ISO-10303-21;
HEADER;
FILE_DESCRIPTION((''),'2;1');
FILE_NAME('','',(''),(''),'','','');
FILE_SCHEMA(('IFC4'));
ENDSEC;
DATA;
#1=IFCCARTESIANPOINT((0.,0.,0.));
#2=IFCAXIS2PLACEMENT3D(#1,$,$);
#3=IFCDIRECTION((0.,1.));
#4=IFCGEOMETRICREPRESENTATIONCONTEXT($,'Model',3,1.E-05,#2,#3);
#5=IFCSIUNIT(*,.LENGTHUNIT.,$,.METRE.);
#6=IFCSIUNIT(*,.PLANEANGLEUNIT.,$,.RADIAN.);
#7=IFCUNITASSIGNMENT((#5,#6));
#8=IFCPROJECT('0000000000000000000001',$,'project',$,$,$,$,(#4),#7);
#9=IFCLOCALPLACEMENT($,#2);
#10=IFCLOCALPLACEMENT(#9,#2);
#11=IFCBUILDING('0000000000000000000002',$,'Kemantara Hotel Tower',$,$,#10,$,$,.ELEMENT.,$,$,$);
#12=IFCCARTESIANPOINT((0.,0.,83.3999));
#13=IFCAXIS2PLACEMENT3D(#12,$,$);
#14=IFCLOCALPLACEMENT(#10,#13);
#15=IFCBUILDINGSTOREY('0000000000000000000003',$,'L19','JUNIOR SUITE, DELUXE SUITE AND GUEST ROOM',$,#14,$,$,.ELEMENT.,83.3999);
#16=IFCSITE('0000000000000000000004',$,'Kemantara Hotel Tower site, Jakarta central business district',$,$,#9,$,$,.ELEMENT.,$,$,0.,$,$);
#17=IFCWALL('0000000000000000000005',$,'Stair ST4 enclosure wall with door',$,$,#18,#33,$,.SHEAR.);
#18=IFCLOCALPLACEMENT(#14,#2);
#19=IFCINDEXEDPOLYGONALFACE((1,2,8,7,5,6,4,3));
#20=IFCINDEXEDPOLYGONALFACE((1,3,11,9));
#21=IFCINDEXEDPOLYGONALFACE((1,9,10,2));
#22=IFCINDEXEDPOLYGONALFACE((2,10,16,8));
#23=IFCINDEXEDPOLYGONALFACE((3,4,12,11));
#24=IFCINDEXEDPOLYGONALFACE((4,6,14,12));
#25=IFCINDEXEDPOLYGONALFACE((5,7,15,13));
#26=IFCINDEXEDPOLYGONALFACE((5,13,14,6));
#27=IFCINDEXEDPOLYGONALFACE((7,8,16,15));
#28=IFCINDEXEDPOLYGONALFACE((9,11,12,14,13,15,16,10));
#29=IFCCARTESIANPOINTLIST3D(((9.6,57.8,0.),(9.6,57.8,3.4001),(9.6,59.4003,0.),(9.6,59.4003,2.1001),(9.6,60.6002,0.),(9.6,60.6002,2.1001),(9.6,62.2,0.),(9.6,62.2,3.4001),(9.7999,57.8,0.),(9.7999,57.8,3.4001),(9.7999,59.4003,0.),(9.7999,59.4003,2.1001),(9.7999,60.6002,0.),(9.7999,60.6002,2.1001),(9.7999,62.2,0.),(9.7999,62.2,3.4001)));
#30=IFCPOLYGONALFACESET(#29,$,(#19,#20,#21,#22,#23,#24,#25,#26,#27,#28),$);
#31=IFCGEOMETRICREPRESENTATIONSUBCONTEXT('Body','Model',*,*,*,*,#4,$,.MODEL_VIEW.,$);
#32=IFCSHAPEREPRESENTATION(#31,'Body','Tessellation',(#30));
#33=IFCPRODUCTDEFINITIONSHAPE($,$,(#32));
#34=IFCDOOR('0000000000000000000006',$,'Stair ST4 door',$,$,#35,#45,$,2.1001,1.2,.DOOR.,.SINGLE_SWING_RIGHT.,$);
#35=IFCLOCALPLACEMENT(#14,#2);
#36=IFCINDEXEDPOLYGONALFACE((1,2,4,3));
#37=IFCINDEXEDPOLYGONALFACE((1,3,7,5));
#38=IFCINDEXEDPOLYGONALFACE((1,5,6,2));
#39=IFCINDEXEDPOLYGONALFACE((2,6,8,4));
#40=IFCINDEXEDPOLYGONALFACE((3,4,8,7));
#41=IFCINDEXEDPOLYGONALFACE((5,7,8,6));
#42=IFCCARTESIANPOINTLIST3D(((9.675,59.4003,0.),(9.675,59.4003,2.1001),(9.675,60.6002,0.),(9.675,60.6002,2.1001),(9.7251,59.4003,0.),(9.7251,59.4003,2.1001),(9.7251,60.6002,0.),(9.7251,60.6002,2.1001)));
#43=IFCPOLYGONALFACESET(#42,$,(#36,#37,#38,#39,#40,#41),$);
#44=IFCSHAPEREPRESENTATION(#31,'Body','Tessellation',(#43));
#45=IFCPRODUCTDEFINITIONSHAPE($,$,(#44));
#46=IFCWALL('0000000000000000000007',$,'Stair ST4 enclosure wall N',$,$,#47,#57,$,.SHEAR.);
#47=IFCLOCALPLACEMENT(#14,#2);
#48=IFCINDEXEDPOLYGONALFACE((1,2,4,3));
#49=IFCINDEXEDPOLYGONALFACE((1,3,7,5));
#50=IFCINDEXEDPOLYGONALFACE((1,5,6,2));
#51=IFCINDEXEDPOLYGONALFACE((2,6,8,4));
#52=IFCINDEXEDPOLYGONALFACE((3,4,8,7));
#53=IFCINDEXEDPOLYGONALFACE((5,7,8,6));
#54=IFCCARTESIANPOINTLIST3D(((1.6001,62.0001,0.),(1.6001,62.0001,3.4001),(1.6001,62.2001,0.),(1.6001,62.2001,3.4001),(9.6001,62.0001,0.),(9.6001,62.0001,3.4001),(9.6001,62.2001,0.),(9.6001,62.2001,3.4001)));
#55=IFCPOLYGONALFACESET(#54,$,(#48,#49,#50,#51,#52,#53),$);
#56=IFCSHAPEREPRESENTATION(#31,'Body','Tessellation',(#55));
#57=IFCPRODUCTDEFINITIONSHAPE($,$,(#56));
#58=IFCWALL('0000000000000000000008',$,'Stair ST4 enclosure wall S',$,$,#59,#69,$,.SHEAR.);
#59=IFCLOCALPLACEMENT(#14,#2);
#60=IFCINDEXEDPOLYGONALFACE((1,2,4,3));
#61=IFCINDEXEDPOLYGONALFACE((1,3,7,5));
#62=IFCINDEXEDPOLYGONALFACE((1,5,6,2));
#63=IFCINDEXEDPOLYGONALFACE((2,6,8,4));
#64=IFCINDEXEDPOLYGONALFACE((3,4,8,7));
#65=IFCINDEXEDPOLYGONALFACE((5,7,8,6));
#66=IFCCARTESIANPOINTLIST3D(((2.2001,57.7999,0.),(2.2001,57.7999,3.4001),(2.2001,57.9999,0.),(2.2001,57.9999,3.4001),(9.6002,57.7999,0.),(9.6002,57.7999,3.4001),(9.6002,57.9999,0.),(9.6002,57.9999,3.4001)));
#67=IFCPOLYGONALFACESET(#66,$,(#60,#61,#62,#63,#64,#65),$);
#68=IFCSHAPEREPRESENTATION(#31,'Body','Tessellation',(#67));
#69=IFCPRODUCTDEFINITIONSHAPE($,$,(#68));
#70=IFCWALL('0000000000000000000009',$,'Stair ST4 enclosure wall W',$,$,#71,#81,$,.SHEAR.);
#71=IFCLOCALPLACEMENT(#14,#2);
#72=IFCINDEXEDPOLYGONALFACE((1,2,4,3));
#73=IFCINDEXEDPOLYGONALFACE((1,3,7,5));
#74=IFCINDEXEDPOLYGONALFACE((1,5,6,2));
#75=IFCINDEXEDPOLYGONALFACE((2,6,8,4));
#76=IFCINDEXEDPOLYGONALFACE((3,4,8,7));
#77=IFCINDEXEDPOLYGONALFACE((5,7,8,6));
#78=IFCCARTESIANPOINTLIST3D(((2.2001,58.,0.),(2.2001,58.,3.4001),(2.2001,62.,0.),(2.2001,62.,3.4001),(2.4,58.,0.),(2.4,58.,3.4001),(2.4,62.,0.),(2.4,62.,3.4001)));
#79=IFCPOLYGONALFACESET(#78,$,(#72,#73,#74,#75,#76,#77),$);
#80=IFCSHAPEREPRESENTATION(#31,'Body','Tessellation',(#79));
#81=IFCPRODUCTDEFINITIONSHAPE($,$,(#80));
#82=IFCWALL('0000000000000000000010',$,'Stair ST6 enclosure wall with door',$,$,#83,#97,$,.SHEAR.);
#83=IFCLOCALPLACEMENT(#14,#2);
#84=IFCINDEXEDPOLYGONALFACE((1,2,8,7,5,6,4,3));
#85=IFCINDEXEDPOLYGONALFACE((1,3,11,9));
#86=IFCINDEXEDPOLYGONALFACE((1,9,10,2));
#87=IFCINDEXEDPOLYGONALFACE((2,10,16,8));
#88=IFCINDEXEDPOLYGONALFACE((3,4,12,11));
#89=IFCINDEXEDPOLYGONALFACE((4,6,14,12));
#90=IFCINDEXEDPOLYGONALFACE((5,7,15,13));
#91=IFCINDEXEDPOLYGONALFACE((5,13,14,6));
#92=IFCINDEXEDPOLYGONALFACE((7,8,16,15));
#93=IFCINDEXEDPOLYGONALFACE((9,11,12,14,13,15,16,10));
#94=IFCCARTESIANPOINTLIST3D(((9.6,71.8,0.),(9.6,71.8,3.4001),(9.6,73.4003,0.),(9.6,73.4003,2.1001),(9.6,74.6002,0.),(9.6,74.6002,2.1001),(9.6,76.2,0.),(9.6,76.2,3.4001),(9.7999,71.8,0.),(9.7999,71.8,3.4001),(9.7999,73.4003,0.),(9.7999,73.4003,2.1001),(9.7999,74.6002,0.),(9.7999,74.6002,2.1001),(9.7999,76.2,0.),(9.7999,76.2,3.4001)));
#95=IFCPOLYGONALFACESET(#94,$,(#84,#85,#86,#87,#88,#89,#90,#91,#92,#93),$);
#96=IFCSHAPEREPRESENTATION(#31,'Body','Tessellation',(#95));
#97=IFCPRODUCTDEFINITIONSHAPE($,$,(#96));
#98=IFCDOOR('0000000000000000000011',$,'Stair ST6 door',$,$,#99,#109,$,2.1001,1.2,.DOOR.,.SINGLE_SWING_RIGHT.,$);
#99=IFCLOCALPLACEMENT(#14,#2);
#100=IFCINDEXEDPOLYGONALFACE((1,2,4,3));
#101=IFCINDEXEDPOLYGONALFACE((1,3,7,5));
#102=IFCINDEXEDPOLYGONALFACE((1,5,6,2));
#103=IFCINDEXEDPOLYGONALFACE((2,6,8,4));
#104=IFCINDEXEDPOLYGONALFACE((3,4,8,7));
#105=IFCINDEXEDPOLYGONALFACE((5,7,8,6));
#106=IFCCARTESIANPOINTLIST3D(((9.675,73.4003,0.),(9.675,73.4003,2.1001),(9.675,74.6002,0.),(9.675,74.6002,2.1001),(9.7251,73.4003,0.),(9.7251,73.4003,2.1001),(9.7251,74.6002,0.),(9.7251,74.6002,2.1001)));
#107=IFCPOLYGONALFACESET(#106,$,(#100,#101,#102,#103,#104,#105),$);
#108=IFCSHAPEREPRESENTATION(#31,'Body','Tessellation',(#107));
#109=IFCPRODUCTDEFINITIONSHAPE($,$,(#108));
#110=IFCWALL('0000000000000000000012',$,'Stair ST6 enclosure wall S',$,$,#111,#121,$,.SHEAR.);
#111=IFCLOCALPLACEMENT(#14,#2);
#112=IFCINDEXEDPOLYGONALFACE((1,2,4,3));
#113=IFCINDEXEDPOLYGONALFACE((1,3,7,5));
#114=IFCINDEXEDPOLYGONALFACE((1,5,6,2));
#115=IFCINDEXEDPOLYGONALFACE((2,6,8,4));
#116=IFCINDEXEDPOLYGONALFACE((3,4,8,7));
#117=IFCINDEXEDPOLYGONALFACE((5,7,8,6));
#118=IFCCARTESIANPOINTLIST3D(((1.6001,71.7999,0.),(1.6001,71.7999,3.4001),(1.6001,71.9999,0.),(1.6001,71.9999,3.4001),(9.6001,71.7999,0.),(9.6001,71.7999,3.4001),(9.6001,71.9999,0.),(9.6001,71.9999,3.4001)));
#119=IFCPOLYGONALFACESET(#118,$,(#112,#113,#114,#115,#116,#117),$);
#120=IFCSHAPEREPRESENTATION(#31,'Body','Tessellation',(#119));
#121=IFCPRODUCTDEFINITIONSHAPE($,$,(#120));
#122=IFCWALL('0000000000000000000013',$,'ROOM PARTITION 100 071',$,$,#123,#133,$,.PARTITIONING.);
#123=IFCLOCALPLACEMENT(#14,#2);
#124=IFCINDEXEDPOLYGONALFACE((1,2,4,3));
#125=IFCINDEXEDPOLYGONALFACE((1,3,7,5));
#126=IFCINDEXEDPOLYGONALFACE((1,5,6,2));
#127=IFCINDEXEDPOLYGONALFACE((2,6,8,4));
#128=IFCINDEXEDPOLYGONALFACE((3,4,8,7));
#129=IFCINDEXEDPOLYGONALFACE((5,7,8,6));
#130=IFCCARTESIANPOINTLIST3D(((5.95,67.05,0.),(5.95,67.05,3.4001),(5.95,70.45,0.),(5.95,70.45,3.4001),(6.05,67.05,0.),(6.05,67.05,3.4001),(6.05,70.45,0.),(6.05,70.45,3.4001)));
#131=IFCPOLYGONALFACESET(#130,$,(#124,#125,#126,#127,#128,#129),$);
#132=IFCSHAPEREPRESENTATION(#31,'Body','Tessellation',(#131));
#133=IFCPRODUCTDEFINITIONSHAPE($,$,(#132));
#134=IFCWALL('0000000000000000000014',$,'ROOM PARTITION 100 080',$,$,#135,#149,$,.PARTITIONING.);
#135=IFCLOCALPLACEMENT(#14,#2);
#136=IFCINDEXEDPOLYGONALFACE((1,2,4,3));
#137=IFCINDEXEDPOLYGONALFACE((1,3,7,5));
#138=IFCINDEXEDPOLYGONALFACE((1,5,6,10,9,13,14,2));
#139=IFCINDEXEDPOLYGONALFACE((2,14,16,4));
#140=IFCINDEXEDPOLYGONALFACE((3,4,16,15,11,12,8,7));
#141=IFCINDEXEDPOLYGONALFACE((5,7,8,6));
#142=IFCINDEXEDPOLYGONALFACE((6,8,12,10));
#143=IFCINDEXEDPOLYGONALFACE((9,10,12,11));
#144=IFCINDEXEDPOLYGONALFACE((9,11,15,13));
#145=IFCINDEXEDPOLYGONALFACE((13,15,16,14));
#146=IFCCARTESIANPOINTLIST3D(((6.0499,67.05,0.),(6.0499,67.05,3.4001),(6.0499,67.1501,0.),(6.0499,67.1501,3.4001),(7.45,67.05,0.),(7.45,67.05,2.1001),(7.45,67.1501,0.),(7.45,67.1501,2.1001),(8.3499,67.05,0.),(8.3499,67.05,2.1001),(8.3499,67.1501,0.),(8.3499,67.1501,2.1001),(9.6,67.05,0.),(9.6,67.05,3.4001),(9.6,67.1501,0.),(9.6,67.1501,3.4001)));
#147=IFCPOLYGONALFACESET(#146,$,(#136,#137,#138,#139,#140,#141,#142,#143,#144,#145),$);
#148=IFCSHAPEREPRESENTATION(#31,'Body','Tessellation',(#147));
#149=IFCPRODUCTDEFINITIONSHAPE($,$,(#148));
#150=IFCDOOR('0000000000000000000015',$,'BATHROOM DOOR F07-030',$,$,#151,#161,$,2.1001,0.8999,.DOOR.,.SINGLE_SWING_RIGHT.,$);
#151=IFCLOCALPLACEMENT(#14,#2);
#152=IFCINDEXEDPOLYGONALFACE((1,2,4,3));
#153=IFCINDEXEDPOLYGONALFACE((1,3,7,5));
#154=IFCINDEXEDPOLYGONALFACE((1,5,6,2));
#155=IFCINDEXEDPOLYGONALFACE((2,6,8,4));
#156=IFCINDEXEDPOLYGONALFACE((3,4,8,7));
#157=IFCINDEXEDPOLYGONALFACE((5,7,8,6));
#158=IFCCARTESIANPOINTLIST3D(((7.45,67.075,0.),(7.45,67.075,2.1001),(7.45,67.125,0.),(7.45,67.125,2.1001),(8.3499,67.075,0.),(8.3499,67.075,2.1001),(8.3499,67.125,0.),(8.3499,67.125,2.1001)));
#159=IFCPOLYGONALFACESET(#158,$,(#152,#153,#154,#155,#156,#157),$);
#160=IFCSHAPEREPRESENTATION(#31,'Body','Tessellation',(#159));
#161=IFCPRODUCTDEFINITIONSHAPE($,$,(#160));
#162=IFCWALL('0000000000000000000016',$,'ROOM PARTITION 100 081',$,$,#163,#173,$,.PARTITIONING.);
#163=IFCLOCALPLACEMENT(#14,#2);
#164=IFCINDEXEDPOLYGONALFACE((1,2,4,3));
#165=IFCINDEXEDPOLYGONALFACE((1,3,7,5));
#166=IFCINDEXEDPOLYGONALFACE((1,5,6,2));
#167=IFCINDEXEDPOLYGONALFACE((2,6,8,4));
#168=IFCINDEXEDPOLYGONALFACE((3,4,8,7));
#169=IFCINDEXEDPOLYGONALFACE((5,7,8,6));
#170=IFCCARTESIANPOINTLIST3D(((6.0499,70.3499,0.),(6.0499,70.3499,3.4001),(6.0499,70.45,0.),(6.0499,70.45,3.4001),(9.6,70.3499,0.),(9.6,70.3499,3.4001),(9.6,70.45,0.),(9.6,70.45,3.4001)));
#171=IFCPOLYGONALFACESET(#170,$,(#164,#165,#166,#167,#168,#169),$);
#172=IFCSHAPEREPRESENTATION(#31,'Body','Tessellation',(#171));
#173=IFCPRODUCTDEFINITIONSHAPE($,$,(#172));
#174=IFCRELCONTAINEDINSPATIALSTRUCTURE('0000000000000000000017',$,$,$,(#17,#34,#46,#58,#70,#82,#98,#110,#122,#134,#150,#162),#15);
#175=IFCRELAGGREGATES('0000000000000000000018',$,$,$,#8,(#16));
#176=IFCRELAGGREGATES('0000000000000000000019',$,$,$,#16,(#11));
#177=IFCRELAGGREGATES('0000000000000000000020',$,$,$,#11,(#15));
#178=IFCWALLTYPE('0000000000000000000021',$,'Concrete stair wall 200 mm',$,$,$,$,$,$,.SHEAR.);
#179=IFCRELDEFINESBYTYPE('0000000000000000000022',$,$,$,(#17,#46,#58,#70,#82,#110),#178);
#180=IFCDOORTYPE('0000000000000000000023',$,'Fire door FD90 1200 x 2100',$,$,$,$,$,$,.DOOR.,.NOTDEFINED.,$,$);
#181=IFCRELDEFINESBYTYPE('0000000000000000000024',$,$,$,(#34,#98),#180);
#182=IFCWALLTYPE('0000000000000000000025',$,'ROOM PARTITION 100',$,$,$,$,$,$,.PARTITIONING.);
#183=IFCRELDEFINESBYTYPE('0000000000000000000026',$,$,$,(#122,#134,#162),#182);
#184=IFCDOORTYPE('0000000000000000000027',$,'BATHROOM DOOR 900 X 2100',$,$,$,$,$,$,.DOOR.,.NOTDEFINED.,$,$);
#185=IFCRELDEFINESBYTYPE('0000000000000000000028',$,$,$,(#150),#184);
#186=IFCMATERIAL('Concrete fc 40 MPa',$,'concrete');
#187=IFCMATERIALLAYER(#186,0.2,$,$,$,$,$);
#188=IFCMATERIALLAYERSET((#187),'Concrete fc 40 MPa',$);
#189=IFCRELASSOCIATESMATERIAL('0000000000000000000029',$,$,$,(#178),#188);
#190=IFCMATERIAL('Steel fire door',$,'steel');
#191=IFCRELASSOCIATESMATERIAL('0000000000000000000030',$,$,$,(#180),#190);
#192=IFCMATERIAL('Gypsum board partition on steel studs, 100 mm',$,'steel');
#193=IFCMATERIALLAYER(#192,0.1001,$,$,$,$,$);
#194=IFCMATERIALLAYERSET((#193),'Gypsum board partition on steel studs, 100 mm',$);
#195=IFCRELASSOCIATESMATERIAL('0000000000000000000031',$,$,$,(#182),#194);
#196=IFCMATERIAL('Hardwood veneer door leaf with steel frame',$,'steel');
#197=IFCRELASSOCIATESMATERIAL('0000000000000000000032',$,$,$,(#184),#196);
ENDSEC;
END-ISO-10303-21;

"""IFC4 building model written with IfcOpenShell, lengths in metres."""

from ifc_helpers import new_model, si_unit, direction, frame, frame_2d, origin, place, context, subcontext, project, spatial, rectangle, extrude, material, layer, layer_set, type_object, element, fill, save


model = new_model("IFC4")

# Units and contexts
model_context = context("Model", 3, precision=1e-05, world=origin(), true_north=direction((0.0, 1.0)))
body_context = subcontext(model_context, "Body", "Model", "MODEL_VIEW")
ifc_project = project(units=[si_unit("LENGTHUNIT", "METRE"), si_unit("PLANEANGLEUNIT", "RADIAN")], contexts=[model_context])

# Site, building, storey
site_placement = place(None, origin())
site = spatial("IfcSite", under=ifc_project, at=site_placement, Name="Kemantara Hotel Tower site, Jakarta central business district", CompositionType="ELEMENT", RefElevation=0.0)
building_placement = place(site_placement, origin())
building = spatial("IfcBuilding", under=site, at=building_placement, Name="Kemantara Hotel Tower", CompositionType="ELEMENT")
storey_placement = place(building_placement, frame((0.0, 0.0, 83.3999)))
storey = spatial("IfcBuildingStorey", under=building, at=storey_placement, Name="L19", Description="JUNIOR SUITE, DELUXE SUITE AND GUEST ROOM", CompositionType="ELEMENT", Elevation=83.3999)

# Wall, opening, door
ifc_material_1 = material(Name="Hardwood veneer door leaf with steel frame", Category="steel")
ifc_material_2 = material(Name="Concrete fc 40 MPa", Category="concrete")
ifc_layer_1 = layer(ifc_material_2, 0.2)
ifc_layer_set_1 = layer_set([ifc_layer_1], Name="Concrete fc 40 MPa")
wall_type_1 = type_object("IfcWallType", Name="Concrete stair wall 200 mm", PredefinedType="SHEAR", material=ifc_layer_set_1)
wall_1_placement = place(storey_placement, frame((9.7, 57.8, 0.0), z_axis=(0.0, 0.0, 1.0), x_axis=(0.0, 1.0, 0.0)))
wall_1 = element("IfcWall", 1, at=wall_1_placement, inside=storey, type_object=wall_type_1, Name="Stair ST4 enclosure wall with door", PredefinedType="SHEAR", context=body_context, shape_type="SweptSolid", body=[
    extrude(rectangle(XDim=4.3999, YDim=0.2, at=frame_2d((2.2, 0.0))), origin(), (0.0, 0.0, 1.0), 3.4001),
])
opening_1_placement = place(wall_1_placement, frame((1.6001, 0.0, 0.0)))
opening_1 = element("IfcOpeningElement", 2, at=opening_1_placement, cuts=wall_1, PredefinedType="OPENING", context=body_context, shape_type="SweptSolid", body=[
    extrude(rectangle(XDim=1.2, YDim=2.1001, at=frame_2d((0.6001, 1.05))), frame((0.0, 0.1099, 0.0), z_axis=(0.0, -1.0, 0.0), x_axis=(1.0, 0.0, 0.0)), (0.0, 0.0, 1.0), 0.22),
])
ifc_material_3 = material(Name="Steel fire door", Category="steel")
door_type_1 = type_object("IfcDoorType", Name="Fire door FD90 1200 x 2100", OperationType="NOTDEFINED", PredefinedType="DOOR", material=ifc_material_3)
door_1_placement = place(opening_1_placement, origin())
door_1 = element("IfcDoor", 3, at=door_1_placement, inside=storey, type_object=door_type_1, Name="Stair ST4 door", OperationType="SINGLE_SWING_RIGHT", OverallHeight=2.1001, OverallWidth=1.2, PredefinedType="DOOR", context=body_context, shape_type="SweptSolid", body=[
    extrude(rectangle(XDim=1.2, YDim=2.1001, at=frame_2d((0.6001, 1.05))), frame((0.0, 0.0249, 0.0), z_axis=(0.0, -1.0, 0.0), x_axis=(1.0, 0.0, 0.0)), (0.0, 0.0, 1.0), 0.05),
])
fill(opening_1, door_1)

# Walls
wall_2_placement = place(storey_placement, frame((1.6001, 62.1001, 0.0), z_axis=(0.0, 0.0, 1.0), x_axis=(1.0, 0.0, 0.0)))
element("IfcWall", 4, at=wall_2_placement, inside=storey, type_object=wall_type_1, Name="Stair ST4 enclosure wall N", PredefinedType="SHEAR", context=body_context, shape_type="SweptSolid", body=[
    extrude(rectangle(XDim=8.0, YDim=0.2, at=frame_2d((4.0, 0.0))), origin(), (0.0, 0.0, 1.0), 3.4001),
])
wall_3_placement = place(storey_placement, frame((2.2, 57.8999, 0.0), z_axis=(0.0, 0.0, 1.0), x_axis=(1.0, 0.0, 0.0)))
element("IfcWall", 5, at=wall_3_placement, inside=storey, type_object=wall_type_1, Name="Stair ST4 enclosure wall S", PredefinedType="SHEAR", context=body_context, shape_type="SweptSolid", body=[
    extrude(rectangle(XDim=7.4001, YDim=0.2, at=frame_2d((3.7002, 0.0))), origin(), (0.0, 0.0, 1.0), 3.4001),
])
wall_4_placement = place(storey_placement, frame((2.3, 58.0, 0.0), z_axis=(0.0, 0.0, 1.0), x_axis=(0.0, 1.0, 0.0)))
element("IfcWall", 6, at=wall_4_placement, inside=storey, type_object=wall_type_1, Name="Stair ST4 enclosure wall W", PredefinedType="SHEAR", context=body_context, shape_type="SweptSolid", body=[
    extrude(rectangle(XDim=4.0, YDim=0.2, at=frame_2d((2.0, 0.0))), origin(), (0.0, 0.0, 1.0), 3.4001),
])

# Wall, opening, door
wall_5_placement = place(storey_placement, frame((9.7, 71.8, 0.0), z_axis=(0.0, 0.0, 1.0), x_axis=(0.0, 1.0, 0.0)))
wall_5 = element("IfcWall", 7, at=wall_5_placement, inside=storey, type_object=wall_type_1, Name="Stair ST6 enclosure wall with door", PredefinedType="SHEAR", context=body_context, shape_type="SweptSolid", body=[
    extrude(rectangle(XDim=4.3999, YDim=0.2, at=frame_2d((2.2, 0.0))), origin(), (0.0, 0.0, 1.0), 3.4001),
])
opening_2_placement = place(wall_5_placement, frame((1.6001, 0.0, 0.0)))
opening_2 = element("IfcOpeningElement", 8, at=opening_2_placement, cuts=wall_5, PredefinedType="OPENING", context=body_context, shape_type="SweptSolid", body=[
    extrude(rectangle(XDim=1.2, YDim=2.1001, at=frame_2d((0.6001, 1.05))), frame((0.0, 0.1099, 0.0), z_axis=(0.0, -1.0, 0.0), x_axis=(1.0, 0.0, 0.0)), (0.0, 0.0, 1.0), 0.22),
])
door_2_placement = place(opening_2_placement, origin())
door_2 = element("IfcDoor", 9, at=door_2_placement, inside=storey, type_object=door_type_1, Name="Stair ST6 door", OperationType="SINGLE_SWING_RIGHT", OverallHeight=2.1001, OverallWidth=1.2, PredefinedType="DOOR", context=body_context, shape_type="SweptSolid", body=[
    extrude(rectangle(XDim=1.2, YDim=2.1001, at=frame_2d((0.6001, 1.05))), frame((0.0, 0.0249, 0.0), z_axis=(0.0, -1.0, 0.0), x_axis=(1.0, 0.0, 0.0)), (0.0, 0.0, 1.0), 0.05),
])
fill(opening_2, door_2)

# Walls
wall_6_placement = place(storey_placement, frame((1.6001, 71.8999, 0.0), z_axis=(0.0, 0.0, 1.0), x_axis=(1.0, 0.0, 0.0)))
element("IfcWall", 10, at=wall_6_placement, inside=storey, type_object=wall_type_1, Name="Stair ST6 enclosure wall S", PredefinedType="SHEAR", context=body_context, shape_type="SweptSolid", body=[
    extrude(rectangle(XDim=8.0, YDim=0.2, at=frame_2d((4.0, 0.0))), origin(), (0.0, 0.0, 1.0), 3.4001),
])
ifc_material_4 = material(Name="Gypsum board partition on steel studs, 100 mm", Category="steel")
ifc_layer_2 = layer(ifc_material_4, 0.1001)
ifc_layer_set_2 = layer_set([ifc_layer_2], Name="Gypsum board partition on steel studs, 100 mm")
wall_type_2 = type_object("IfcWallType", Name="ROOM PARTITION 100", PredefinedType="PARTITIONING", material=ifc_layer_set_2)
wall_7_placement = place(storey_placement, frame((6.0, 67.05, 0.0), z_axis=(0.0, 0.0, 1.0), x_axis=(0.0, 1.0, 0.0)))
element("IfcWall", 11, at=wall_7_placement, inside=storey, type_object=wall_type_2, Name="ROOM PARTITION 100 071", PredefinedType="PARTITIONING", context=body_context, shape_type="SweptSolid", body=[
    extrude(rectangle(XDim=3.3999, YDim=0.1001, at=frame_2d((1.7, 0.0))), origin(), (0.0, 0.0, 1.0), 3.4001),
])

# Wall, opening, door
wall_8_placement = place(storey_placement, frame((6.05, 67.1001, 0.0), z_axis=(0.0, 0.0, 1.0), x_axis=(1.0, 0.0, 0.0)))
wall_8 = element("IfcWall", 12, at=wall_8_placement, inside=storey, type_object=wall_type_2, Name="ROOM PARTITION 100 080", PredefinedType="PARTITIONING", context=body_context, shape_type="SweptSolid", body=[
    extrude(rectangle(XDim=3.55, YDim=0.1001, at=frame_2d((1.7749, 0.0))), origin(), (0.0, 0.0, 1.0), 3.4001),
])
opening_3_placement = place(wall_8_placement, frame((1.3999, 0.0, 0.0)))
opening_3 = element("IfcOpeningElement", 13, at=opening_3_placement, cuts=wall_8, PredefinedType="OPENING", context=body_context, shape_type="SweptSolid", body=[
    extrude(rectangle(XDim=0.8999, YDim=2.1001, at=frame_2d((0.45, 1.05))), frame((0.0, 0.0601, 0.0), z_axis=(0.0, -1.0, 0.0), x_axis=(1.0, 0.0, 0.0)), (0.0, 0.0, 1.0), 0.1201),
])
door_type_2 = type_object("IfcDoorType", Name="BATHROOM DOOR 900 X 2100", OperationType="NOTDEFINED", PredefinedType="DOOR", material=ifc_material_1)
door_3_placement = place(opening_3_placement, origin())
door_3 = element("IfcDoor", 14, at=door_3_placement, inside=storey, type_object=door_type_2, Name="BATHROOM DOOR F07-030", OperationType="SINGLE_SWING_RIGHT", OverallHeight=2.1001, OverallWidth=0.8999, PredefinedType="DOOR", context=body_context, shape_type="SweptSolid", body=[
    extrude(rectangle(XDim=0.8999, YDim=2.1001, at=frame_2d((0.45, 1.05))), frame((0.0, 0.0249, 0.0), z_axis=(0.0, -1.0, 0.0), x_axis=(1.0, 0.0, 0.0)), (0.0, 0.0, 1.0), 0.05),
])
fill(opening_3, door_3)

# Wall
wall_9_placement = place(storey_placement, frame((6.05, 70.3999, 0.0), z_axis=(0.0, 0.0, 1.0), x_axis=(1.0, 0.0, 0.0)))
element("IfcWall", 15, at=wall_9_placement, inside=storey, type_object=wall_type_2, Name="ROOM PARTITION 100 081", PredefinedType="PARTITIONING", context=body_context, shape_type="SweptSolid", body=[
    extrude(rectangle(XDim=3.55, YDim=0.1001, at=frame_2d((1.7749, 0.0))), origin(), (0.0, 0.0, 1.0), 3.4001),
])

save(model, "model.ifc")
